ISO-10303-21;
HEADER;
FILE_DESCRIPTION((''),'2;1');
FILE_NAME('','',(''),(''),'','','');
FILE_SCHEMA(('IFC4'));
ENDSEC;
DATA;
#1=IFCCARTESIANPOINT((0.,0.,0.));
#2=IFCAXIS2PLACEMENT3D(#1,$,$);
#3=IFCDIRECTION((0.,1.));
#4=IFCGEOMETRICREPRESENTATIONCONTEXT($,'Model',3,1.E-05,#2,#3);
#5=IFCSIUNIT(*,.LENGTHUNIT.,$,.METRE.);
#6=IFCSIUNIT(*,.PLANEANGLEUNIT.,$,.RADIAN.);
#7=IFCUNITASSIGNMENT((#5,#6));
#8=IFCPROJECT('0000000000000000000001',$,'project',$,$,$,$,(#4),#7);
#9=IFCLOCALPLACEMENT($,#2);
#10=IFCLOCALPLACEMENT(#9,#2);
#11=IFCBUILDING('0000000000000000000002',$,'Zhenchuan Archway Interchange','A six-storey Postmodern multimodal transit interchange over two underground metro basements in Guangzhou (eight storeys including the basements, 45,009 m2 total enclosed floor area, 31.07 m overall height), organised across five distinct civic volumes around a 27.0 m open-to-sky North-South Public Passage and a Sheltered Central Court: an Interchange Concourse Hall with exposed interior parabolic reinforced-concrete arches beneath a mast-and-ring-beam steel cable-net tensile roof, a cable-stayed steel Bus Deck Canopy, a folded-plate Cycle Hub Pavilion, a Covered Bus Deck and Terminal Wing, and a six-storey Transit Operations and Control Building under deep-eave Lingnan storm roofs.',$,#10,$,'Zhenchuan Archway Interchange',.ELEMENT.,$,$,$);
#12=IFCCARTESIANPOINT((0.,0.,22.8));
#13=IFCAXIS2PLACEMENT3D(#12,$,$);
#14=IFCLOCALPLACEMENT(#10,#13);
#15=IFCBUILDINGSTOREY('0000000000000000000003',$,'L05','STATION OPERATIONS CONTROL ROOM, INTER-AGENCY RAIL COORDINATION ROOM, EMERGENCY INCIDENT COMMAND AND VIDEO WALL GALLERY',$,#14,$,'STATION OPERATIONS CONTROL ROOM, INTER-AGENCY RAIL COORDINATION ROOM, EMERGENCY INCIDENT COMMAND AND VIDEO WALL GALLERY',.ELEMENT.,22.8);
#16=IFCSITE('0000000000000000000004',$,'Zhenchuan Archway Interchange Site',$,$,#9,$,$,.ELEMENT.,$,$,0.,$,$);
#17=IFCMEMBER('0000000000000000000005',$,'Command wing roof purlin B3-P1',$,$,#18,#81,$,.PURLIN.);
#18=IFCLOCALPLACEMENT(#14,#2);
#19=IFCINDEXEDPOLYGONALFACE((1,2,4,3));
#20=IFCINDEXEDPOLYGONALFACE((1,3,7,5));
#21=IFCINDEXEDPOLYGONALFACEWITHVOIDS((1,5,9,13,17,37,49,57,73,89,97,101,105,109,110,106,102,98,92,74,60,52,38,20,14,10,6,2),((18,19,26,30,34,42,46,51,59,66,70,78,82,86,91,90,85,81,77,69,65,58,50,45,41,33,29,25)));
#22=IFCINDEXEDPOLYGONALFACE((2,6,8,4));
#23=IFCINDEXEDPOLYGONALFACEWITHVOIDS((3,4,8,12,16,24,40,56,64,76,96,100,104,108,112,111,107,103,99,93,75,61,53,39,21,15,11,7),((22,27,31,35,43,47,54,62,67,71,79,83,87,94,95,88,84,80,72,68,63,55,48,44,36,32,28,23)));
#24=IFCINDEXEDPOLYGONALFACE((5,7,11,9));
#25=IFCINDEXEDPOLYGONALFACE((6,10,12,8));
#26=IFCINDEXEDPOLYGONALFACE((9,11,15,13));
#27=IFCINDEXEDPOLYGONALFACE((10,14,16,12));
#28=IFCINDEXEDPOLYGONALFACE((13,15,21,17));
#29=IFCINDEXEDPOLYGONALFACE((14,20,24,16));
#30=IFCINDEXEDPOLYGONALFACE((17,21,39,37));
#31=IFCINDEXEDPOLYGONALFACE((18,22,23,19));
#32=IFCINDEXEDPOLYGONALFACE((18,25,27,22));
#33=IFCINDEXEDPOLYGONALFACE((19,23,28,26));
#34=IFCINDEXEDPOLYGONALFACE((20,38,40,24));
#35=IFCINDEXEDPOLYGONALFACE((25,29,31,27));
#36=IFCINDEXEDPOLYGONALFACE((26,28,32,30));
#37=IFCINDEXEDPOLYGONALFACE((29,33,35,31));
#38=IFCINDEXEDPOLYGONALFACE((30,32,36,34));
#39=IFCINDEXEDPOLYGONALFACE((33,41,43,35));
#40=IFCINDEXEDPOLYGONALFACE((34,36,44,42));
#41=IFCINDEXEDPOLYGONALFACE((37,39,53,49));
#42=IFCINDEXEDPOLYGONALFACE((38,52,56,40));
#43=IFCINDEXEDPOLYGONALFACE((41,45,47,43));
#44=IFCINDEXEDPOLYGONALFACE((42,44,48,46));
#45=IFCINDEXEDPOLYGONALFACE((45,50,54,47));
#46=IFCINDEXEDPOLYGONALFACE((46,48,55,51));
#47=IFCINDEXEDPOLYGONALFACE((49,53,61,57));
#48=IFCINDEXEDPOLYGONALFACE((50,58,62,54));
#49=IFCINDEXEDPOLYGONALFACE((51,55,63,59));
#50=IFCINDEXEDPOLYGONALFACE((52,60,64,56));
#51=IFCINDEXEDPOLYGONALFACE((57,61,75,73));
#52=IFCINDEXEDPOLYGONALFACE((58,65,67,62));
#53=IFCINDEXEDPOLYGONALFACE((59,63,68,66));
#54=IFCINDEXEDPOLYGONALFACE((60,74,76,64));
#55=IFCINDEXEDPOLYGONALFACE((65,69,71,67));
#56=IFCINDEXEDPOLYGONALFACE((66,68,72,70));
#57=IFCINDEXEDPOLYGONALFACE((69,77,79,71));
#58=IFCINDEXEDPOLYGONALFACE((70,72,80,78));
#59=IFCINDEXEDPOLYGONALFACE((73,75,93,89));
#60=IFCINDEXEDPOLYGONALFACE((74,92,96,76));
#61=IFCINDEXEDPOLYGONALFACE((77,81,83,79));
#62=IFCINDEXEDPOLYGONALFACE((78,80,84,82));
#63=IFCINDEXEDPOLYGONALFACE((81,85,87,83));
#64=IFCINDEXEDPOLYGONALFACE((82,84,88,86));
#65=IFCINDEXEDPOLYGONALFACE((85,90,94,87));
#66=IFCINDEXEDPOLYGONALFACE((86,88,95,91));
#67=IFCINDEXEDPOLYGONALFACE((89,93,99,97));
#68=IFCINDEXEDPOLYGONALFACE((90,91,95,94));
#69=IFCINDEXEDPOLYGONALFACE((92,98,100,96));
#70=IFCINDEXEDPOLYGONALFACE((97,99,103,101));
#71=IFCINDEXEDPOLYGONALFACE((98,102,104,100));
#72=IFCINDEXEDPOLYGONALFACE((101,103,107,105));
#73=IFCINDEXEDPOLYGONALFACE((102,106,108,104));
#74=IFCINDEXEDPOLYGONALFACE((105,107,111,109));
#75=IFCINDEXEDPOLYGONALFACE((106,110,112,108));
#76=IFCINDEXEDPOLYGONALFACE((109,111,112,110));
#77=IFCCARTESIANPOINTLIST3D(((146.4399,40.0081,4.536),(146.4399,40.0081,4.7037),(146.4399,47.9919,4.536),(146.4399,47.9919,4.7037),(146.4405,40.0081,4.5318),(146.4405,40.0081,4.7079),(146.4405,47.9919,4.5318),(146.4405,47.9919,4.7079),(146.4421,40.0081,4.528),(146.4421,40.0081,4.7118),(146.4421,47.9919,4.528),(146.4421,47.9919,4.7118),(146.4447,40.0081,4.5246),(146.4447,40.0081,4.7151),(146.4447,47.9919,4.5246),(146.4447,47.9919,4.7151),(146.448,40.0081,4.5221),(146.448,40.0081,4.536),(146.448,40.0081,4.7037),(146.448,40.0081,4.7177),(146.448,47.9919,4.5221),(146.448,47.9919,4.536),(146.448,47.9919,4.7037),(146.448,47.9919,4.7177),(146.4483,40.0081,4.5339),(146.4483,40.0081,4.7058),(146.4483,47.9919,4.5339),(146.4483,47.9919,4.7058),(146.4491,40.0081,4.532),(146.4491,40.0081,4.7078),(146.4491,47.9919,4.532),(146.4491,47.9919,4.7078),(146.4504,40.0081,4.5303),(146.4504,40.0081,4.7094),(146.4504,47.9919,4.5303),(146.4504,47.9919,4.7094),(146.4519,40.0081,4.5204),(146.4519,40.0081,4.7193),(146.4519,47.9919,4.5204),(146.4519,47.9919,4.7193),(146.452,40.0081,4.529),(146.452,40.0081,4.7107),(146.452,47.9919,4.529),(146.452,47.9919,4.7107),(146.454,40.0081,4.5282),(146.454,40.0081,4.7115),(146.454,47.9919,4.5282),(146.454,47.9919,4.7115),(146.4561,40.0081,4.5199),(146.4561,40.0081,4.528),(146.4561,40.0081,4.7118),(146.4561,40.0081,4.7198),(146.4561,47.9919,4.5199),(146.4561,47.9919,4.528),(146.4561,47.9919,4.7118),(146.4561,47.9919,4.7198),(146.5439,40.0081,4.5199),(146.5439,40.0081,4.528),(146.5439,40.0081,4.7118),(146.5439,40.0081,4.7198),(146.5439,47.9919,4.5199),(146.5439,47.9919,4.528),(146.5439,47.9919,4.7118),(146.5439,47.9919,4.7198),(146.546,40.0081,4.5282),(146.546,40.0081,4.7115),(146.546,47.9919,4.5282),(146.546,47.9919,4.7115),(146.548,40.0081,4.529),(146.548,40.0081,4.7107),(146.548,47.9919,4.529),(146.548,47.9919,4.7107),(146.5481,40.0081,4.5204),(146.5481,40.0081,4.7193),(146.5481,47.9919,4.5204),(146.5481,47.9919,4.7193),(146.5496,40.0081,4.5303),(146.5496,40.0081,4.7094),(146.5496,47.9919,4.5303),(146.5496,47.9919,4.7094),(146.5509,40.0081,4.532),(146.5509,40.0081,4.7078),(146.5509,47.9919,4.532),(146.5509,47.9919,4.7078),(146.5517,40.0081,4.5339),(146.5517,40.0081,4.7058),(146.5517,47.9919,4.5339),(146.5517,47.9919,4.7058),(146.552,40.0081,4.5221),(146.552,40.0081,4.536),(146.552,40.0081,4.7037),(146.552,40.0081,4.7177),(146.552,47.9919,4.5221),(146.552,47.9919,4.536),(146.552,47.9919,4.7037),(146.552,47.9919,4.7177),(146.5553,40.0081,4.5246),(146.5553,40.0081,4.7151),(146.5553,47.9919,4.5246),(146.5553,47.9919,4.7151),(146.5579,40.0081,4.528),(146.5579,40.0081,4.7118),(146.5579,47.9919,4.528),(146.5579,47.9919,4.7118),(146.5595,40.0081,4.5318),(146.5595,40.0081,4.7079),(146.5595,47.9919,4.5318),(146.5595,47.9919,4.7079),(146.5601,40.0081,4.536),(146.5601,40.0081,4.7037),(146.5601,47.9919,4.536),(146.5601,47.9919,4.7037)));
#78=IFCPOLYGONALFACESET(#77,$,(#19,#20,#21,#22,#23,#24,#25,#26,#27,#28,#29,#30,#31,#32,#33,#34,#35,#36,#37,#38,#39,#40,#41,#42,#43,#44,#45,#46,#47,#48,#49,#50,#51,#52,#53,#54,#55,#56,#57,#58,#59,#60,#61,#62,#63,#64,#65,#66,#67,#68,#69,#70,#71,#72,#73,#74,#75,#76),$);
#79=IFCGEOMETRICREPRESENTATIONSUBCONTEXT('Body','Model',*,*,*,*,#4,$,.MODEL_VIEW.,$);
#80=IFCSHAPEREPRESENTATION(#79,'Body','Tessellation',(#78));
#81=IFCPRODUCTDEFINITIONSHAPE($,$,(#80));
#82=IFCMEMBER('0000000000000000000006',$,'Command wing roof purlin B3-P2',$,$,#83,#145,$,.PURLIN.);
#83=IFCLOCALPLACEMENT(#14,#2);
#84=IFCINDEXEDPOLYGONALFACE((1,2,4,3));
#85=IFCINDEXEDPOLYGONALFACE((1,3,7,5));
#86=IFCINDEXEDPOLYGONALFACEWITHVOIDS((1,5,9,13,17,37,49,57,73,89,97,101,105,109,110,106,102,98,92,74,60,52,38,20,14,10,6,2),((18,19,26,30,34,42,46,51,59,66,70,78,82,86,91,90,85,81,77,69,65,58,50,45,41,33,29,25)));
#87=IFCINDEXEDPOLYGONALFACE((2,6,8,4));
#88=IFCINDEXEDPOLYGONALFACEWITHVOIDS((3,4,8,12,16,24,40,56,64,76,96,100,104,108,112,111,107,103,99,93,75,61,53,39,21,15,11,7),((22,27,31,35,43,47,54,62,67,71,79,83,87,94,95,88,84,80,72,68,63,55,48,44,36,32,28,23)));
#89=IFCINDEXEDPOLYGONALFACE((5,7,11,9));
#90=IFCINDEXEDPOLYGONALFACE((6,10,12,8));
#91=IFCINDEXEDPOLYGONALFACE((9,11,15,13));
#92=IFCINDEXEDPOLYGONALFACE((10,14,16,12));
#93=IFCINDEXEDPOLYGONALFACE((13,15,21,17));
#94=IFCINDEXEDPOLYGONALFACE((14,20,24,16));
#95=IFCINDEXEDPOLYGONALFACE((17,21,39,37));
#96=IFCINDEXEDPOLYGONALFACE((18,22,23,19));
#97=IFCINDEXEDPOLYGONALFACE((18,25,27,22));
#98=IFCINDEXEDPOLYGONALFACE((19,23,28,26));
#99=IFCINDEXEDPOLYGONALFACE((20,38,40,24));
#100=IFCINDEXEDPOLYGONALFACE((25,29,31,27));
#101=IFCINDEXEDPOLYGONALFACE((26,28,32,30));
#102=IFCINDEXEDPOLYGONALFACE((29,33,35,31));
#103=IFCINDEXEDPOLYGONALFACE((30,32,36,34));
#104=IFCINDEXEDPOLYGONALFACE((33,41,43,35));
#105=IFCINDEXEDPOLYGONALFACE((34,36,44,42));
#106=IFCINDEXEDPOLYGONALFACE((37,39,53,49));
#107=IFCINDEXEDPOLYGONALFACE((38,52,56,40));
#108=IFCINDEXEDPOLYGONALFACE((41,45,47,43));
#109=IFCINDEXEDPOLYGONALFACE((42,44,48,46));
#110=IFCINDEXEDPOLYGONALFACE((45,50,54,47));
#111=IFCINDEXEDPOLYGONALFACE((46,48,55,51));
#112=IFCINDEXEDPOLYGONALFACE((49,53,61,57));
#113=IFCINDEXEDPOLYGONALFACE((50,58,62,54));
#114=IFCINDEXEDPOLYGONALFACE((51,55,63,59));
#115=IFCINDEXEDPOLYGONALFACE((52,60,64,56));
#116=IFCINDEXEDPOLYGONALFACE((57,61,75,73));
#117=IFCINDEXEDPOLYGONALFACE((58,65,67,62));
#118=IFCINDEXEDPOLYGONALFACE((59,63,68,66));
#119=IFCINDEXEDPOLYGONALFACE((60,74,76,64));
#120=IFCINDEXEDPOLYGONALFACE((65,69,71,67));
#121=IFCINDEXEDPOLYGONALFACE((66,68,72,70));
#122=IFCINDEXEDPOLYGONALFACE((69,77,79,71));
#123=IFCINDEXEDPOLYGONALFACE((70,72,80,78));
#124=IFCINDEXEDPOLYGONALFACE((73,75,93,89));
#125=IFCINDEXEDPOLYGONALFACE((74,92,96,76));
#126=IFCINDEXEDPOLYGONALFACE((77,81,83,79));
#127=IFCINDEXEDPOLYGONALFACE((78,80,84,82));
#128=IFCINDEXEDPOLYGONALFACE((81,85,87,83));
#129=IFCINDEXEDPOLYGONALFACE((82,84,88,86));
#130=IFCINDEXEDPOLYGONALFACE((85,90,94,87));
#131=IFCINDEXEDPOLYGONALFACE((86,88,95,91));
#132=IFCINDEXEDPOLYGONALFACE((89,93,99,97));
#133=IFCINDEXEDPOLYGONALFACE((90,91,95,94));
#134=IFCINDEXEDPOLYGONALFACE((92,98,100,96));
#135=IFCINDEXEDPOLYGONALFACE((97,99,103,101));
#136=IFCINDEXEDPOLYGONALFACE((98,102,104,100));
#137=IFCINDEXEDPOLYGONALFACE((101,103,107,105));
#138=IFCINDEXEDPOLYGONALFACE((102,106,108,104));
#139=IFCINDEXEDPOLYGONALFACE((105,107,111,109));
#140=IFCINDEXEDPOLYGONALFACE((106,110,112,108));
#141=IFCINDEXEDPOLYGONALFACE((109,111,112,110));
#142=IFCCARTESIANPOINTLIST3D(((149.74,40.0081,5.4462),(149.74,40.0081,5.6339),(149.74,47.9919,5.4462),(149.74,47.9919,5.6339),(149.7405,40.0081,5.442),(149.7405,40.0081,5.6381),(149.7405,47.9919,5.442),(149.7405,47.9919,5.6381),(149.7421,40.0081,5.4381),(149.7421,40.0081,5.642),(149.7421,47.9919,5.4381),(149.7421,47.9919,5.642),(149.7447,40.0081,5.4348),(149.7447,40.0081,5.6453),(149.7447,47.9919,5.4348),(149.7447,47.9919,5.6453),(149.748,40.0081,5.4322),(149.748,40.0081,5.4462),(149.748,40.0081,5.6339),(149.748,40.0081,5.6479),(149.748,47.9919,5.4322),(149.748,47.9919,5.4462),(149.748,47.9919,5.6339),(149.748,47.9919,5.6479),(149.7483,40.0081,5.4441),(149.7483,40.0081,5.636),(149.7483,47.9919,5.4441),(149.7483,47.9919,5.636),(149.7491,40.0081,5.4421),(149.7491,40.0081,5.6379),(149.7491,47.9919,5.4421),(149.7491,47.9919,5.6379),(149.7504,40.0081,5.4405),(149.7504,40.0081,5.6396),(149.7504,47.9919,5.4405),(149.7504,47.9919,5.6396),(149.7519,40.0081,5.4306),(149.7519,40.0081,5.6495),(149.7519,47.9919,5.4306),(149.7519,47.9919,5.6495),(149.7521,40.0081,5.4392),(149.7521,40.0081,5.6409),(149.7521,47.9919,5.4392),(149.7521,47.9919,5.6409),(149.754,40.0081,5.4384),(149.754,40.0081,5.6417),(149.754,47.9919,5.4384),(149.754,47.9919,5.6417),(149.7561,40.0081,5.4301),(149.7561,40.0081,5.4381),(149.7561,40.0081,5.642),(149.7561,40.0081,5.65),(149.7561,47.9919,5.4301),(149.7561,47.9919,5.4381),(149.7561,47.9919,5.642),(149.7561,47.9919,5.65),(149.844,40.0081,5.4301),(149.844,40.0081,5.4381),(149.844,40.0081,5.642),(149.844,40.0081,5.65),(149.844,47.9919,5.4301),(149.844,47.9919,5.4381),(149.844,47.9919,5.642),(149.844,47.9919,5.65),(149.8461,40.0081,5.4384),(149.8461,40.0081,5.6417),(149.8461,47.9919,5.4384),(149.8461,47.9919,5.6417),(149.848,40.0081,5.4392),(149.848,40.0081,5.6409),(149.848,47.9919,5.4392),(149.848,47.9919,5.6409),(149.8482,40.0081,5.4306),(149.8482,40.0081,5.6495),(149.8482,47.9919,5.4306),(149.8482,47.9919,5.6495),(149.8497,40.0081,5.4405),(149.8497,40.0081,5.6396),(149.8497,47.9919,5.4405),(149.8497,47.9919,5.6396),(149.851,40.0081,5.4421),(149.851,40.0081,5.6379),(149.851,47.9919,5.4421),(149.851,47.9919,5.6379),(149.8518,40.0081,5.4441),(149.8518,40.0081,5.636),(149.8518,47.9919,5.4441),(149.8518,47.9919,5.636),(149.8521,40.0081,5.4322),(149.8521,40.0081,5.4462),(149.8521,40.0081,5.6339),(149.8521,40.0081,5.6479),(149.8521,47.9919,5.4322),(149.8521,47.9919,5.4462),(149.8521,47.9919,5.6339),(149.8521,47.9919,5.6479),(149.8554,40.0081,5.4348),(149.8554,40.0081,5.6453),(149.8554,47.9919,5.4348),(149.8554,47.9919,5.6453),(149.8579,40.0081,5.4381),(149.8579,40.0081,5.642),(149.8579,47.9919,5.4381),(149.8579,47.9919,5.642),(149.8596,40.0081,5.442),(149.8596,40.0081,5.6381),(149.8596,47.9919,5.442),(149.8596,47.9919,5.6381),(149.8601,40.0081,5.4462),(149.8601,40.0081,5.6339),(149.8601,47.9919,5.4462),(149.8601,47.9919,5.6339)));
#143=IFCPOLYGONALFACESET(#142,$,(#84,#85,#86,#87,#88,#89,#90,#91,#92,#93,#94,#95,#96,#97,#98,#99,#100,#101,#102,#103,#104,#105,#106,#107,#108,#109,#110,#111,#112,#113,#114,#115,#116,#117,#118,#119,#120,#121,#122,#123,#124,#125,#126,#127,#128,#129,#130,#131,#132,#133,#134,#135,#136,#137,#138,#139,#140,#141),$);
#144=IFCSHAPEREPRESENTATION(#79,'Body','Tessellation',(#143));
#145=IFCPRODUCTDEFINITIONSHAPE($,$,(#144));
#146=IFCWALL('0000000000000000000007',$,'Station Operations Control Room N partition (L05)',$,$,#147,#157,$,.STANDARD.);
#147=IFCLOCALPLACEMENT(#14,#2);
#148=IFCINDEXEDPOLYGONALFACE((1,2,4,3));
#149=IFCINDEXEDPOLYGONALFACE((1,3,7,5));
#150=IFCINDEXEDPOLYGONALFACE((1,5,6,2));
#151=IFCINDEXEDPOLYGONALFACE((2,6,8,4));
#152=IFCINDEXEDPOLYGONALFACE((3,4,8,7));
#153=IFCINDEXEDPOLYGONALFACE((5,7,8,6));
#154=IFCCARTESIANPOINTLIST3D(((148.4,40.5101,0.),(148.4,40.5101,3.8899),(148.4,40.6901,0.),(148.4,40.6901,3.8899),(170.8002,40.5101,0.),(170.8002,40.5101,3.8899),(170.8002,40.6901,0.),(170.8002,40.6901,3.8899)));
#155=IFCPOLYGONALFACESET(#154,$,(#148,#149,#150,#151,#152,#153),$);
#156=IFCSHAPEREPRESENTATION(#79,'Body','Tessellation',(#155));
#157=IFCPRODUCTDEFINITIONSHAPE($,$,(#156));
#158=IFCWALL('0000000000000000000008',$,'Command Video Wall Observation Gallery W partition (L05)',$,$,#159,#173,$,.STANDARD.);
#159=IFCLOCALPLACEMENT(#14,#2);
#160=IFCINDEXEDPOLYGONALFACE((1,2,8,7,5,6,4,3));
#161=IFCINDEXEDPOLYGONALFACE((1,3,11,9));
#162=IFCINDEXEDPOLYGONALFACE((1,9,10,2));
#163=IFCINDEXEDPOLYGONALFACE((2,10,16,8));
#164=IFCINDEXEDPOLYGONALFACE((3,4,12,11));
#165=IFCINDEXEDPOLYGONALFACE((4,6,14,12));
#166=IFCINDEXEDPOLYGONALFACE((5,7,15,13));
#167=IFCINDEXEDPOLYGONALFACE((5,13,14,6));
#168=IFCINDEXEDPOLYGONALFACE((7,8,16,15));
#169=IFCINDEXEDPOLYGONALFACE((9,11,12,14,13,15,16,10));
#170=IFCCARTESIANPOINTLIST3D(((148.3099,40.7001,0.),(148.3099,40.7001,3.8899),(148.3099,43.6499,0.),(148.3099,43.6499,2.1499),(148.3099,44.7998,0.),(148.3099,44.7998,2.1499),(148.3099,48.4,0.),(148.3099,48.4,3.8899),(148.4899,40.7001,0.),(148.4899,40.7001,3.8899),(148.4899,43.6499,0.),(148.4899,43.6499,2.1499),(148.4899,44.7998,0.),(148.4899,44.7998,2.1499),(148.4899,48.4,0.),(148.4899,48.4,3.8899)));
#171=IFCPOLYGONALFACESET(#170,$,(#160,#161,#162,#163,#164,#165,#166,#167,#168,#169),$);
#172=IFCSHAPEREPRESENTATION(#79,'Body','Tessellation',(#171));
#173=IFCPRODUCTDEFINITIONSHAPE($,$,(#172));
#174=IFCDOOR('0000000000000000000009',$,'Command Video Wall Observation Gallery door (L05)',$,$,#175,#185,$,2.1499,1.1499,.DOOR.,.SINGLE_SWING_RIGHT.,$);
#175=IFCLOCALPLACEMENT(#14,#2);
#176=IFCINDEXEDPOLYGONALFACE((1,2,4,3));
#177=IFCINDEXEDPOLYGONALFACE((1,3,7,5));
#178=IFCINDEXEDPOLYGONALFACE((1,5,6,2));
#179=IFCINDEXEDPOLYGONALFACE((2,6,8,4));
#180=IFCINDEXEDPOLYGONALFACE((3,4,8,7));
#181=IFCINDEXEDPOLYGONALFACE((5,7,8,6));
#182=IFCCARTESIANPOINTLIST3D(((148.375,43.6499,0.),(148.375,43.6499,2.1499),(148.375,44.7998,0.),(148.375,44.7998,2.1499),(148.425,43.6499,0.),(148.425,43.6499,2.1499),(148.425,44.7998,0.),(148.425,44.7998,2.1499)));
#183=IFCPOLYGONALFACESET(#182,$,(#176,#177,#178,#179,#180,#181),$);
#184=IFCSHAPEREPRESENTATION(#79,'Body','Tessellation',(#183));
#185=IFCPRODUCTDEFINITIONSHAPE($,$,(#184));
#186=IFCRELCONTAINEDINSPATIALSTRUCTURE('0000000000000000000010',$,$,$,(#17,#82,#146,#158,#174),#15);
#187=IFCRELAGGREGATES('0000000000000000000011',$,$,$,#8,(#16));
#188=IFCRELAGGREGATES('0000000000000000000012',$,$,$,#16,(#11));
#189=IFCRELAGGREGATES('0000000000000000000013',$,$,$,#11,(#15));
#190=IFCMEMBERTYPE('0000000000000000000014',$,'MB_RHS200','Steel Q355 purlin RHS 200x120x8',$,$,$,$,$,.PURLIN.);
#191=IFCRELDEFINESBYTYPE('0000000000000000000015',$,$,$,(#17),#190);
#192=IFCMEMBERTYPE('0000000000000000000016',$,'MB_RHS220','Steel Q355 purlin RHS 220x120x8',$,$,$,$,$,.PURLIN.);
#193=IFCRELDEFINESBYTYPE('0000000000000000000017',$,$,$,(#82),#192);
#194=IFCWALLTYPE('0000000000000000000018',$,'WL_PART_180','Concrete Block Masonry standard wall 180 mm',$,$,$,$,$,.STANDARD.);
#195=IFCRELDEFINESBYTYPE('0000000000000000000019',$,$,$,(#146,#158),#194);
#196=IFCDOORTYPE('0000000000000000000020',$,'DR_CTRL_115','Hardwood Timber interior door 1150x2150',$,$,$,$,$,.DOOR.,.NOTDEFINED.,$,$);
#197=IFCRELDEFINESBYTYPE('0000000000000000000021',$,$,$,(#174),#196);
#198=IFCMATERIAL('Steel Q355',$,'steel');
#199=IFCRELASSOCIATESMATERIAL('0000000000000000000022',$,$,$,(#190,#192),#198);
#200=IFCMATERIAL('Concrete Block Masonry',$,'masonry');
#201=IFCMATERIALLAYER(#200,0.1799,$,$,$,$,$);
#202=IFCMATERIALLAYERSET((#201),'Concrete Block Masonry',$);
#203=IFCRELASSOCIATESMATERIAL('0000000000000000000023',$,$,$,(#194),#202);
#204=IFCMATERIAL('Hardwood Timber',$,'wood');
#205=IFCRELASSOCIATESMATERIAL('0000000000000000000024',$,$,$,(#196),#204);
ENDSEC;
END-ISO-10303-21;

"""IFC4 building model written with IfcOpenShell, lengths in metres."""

from ifc_helpers import new_model, si_unit, direction, frame, frame_2d, origin, origin_2d, place, context, subcontext, project, spatial, rectangle, hollow_rectangle, extrude, material, layer, layer_set, material_profile, profile_set, type_object, element, fill, save


model = new_model("IFC4")

# Units and contexts
model_context = context("Model", 3, precision=1e-05, world=origin(), true_north=direction((0.0, 1.0)))
body_context = subcontext(model_context, "Body", "Model", "MODEL_VIEW")
ifc_project = project(units=[si_unit("LENGTHUNIT", "METRE"), si_unit("PLANEANGLEUNIT", "RADIAN")], contexts=[model_context])

# Site, building, storey
site_placement = place(None, origin())
site = spatial("IfcSite", under=ifc_project, at=site_placement, Name="Zhenchuan Archway Interchange Site", CompositionType="ELEMENT", RefElevation=0.0)
building_placement = place(site_placement, origin())
building = spatial("IfcBuilding", under=site, at=building_placement, Name="Zhenchuan Archway Interchange", Description="A six-storey Postmodern multimodal transit interchange over two underground metro basements in Guangzhou (eight storeys including the basements, 45,009 m2 total enclosed floor area, 31.07 m overall height), organised across five distinct civic volumes around a 27.0 m open-to-sky North-South Public Passage and a Sheltered Central Court: an Interchange Concourse Hall with exposed interior parabolic reinforced-concrete arches beneath a mast-and-ring-beam steel cable-net tensile roof, a cable-stayed steel Bus Deck Canopy, a folded-plate Cycle Hub Pavilion, a Covered Bus Deck and Terminal Wing, and a six-storey Transit Operations and Control Building under deep-eave Lingnan storm roofs.", LongName="Zhenchuan Archway Interchange", CompositionType="ELEMENT")
storey_placement = place(building_placement, frame((0.0, 0.0, 22.8)))
storey = spatial("IfcBuildingStorey", under=building, at=storey_placement, Name="L05", Description="STATION OPERATIONS CONTROL ROOM, INTER-AGENCY RAIL COORDINATION ROOM, EMERGENCY INCIDENT COMMAND AND VIDEO WALL GALLERY", LongName="STATION OPERATIONS CONTROL ROOM, INTER-AGENCY RAIL COORDINATION ROOM, EMERGENCY INCIDENT COMMAND AND VIDEO WALL GALLERY", CompositionType="ELEMENT", Elevation=22.8)

# Shared definitions
ifc_material_1 = material(Name="Steel Q355", Category="steel")

# Members
ifc_material_profile_1 = material_profile(ifc_material_1, hollow_rectangle(XDim=0.1201, YDim=0.2, WallThickness=0.0081, InnerFilletRadius=0.0081, OuterFilletRadius=0.0161, at=origin_2d()), Name="RHS 200x120x8")
ifc_profile_set_1 = profile_set([ifc_material_profile_1], Name="Steel Q355")
member_type_1 = type_object("IfcMemberType", Name="MB_RHS200", Description="Steel Q355 purlin RHS 200x120x8", PredefinedType="PURLIN", material=ifc_profile_set_1)
member_1_placement = place(storey_placement, frame((146.5, 40.0081, 4.6199), z_axis=(0.0, 1.0, 0.0), x_axis=(-1.0, 0.0, 0.0)))
element("IfcMember", 1, at=member_1_placement, inside=storey, type_object=member_type_1, Name="Command wing roof purlin B3-P1", PredefinedType="PURLIN", context=body_context, shape_type="SweptSolid", body=[
    extrude(hollow_rectangle(XDim=0.1201, YDim=0.2, WallThickness=0.0081, InnerFilletRadius=0.0081, OuterFilletRadius=0.0161, at=origin_2d()), origin(), (0.0, 0.0, 1.0), 7.9839),
])
ifc_material_profile_2 = material_profile(ifc_material_1, hollow_rectangle(XDim=0.1201, YDim=0.22, WallThickness=0.0081, InnerFilletRadius=0.0081, OuterFilletRadius=0.0161, at=origin_2d()), Name="RHS 220x120x8")
ifc_profile_set_2 = profile_set([ifc_material_profile_2], Name="Steel Q355")
member_type_2 = type_object("IfcMemberType", Name="MB_RHS220", Description="Steel Q355 purlin RHS 220x120x8", PredefinedType="PURLIN", material=ifc_profile_set_2)
member_2_placement = place(storey_placement, frame((149.8, 40.0081, 5.54), z_axis=(0.0, 1.0, 0.0), x_axis=(-1.0, 0.0, 0.0)))
element("IfcMember", 2, at=member_2_placement, inside=storey, type_object=member_type_2, Name="Command wing roof purlin B3-P2", PredefinedType="PURLIN", context=body_context, shape_type="SweptSolid", body=[
    extrude(hollow_rectangle(XDim=0.1201, YDim=0.22, WallThickness=0.0081, InnerFilletRadius=0.0081, OuterFilletRadius=0.0161, at=origin_2d()), origin(), (0.0, 0.0, 1.0), 7.9839),
])

# Wall
ifc_material_2 = material(Name="Concrete Block Masonry", Category="masonry")
ifc_layer = layer(ifc_material_2, 0.1799)
ifc_layer_set = layer_set([ifc_layer], Name="Concrete Block Masonry")
wall_type = type_object("IfcWallType", Name="WL_PART_180", Description="Concrete Block Masonry standard wall 180 mm", PredefinedType="STANDARD", material=ifc_layer_set)
wall_1_placement = place(storey_placement, frame((148.3999, 40.6001, 0.0), z_axis=(0.0, 0.0, 1.0), x_axis=(1.0, 0.0, 0.0)))
element("IfcWall", 3, at=wall_1_placement, inside=storey, type_object=wall_type, Name="Station Operations Control Room N partition (L05)", PredefinedType="STANDARD", context=body_context, shape_type="SweptSolid", body=[
    extrude(rectangle(XDim=22.4001, YDim=0.1799, at=frame_2d((11.2002, 0.0))), origin(), (0.0, 0.0, 1.0), 3.8899),
])

# Wall, opening, door
wall_2_placement = place(storey_placement, frame((148.3999, 40.7, 0.0), z_axis=(0.0, 0.0, 1.0), x_axis=(0.0, 1.0, 0.0)))
wall_2 = element("IfcWall", 4, at=wall_2_placement, inside=storey, type_object=wall_type, Name="Command Video Wall Observation Gallery W partition (L05)", PredefinedType="STANDARD", context=body_context, shape_type="SweptSolid", body=[
    extrude(rectangle(XDim=7.7, YDim=0.1799, at=frame_2d((3.8501, 0.0))), origin(), (0.0, 0.0, 1.0), 3.8899),
])
opening_placement = place(wall_2_placement, frame((2.95, 0.0, 0.0)))
opening = element("IfcOpeningElement", 5, at=opening_placement, cuts=wall_2, PredefinedType="OPENING", context=body_context, shape_type="SweptSolid", body=[
    extrude(rectangle(XDim=1.1499, YDim=2.1499, at=frame_2d((0.575, 1.075))), frame((0.0, 0.1021, 0.0), z_axis=(0.0, -1.0, 0.0), x_axis=(1.0, 0.0, 0.0)), (0.0, 0.0, 1.0), 0.2039),
])
ifc_material_3 = material(Name="Hardwood Timber", Category="wood")
door_type = type_object("IfcDoorType", Name="DR_CTRL_115", Description="Hardwood Timber interior door 1150x2150", OperationType="NOTDEFINED", PredefinedType="DOOR", material=ifc_material_3)
door_placement = place(opening_placement, origin())
door = element("IfcDoor", 6, at=door_placement, inside=storey, type_object=door_type, Name="Command Video Wall Observation Gallery door (L05)", OperationType="SINGLE_SWING_RIGHT", OverallHeight=2.1499, OverallWidth=1.1499, PredefinedType="DOOR", context=body_context, shape_type="SweptSolid", body=[
    extrude(rectangle(XDim=1.1499, YDim=2.1499, at=frame_2d((0.575, 1.075))), frame((0.0, 0.0249, 0.0), z_axis=(0.0, -1.0, 0.0), x_axis=(1.0, 0.0, 0.0)), (0.0, 0.0, 1.0), 0.05),
])
fill(opening, door)

save(model, "model.ifc")
